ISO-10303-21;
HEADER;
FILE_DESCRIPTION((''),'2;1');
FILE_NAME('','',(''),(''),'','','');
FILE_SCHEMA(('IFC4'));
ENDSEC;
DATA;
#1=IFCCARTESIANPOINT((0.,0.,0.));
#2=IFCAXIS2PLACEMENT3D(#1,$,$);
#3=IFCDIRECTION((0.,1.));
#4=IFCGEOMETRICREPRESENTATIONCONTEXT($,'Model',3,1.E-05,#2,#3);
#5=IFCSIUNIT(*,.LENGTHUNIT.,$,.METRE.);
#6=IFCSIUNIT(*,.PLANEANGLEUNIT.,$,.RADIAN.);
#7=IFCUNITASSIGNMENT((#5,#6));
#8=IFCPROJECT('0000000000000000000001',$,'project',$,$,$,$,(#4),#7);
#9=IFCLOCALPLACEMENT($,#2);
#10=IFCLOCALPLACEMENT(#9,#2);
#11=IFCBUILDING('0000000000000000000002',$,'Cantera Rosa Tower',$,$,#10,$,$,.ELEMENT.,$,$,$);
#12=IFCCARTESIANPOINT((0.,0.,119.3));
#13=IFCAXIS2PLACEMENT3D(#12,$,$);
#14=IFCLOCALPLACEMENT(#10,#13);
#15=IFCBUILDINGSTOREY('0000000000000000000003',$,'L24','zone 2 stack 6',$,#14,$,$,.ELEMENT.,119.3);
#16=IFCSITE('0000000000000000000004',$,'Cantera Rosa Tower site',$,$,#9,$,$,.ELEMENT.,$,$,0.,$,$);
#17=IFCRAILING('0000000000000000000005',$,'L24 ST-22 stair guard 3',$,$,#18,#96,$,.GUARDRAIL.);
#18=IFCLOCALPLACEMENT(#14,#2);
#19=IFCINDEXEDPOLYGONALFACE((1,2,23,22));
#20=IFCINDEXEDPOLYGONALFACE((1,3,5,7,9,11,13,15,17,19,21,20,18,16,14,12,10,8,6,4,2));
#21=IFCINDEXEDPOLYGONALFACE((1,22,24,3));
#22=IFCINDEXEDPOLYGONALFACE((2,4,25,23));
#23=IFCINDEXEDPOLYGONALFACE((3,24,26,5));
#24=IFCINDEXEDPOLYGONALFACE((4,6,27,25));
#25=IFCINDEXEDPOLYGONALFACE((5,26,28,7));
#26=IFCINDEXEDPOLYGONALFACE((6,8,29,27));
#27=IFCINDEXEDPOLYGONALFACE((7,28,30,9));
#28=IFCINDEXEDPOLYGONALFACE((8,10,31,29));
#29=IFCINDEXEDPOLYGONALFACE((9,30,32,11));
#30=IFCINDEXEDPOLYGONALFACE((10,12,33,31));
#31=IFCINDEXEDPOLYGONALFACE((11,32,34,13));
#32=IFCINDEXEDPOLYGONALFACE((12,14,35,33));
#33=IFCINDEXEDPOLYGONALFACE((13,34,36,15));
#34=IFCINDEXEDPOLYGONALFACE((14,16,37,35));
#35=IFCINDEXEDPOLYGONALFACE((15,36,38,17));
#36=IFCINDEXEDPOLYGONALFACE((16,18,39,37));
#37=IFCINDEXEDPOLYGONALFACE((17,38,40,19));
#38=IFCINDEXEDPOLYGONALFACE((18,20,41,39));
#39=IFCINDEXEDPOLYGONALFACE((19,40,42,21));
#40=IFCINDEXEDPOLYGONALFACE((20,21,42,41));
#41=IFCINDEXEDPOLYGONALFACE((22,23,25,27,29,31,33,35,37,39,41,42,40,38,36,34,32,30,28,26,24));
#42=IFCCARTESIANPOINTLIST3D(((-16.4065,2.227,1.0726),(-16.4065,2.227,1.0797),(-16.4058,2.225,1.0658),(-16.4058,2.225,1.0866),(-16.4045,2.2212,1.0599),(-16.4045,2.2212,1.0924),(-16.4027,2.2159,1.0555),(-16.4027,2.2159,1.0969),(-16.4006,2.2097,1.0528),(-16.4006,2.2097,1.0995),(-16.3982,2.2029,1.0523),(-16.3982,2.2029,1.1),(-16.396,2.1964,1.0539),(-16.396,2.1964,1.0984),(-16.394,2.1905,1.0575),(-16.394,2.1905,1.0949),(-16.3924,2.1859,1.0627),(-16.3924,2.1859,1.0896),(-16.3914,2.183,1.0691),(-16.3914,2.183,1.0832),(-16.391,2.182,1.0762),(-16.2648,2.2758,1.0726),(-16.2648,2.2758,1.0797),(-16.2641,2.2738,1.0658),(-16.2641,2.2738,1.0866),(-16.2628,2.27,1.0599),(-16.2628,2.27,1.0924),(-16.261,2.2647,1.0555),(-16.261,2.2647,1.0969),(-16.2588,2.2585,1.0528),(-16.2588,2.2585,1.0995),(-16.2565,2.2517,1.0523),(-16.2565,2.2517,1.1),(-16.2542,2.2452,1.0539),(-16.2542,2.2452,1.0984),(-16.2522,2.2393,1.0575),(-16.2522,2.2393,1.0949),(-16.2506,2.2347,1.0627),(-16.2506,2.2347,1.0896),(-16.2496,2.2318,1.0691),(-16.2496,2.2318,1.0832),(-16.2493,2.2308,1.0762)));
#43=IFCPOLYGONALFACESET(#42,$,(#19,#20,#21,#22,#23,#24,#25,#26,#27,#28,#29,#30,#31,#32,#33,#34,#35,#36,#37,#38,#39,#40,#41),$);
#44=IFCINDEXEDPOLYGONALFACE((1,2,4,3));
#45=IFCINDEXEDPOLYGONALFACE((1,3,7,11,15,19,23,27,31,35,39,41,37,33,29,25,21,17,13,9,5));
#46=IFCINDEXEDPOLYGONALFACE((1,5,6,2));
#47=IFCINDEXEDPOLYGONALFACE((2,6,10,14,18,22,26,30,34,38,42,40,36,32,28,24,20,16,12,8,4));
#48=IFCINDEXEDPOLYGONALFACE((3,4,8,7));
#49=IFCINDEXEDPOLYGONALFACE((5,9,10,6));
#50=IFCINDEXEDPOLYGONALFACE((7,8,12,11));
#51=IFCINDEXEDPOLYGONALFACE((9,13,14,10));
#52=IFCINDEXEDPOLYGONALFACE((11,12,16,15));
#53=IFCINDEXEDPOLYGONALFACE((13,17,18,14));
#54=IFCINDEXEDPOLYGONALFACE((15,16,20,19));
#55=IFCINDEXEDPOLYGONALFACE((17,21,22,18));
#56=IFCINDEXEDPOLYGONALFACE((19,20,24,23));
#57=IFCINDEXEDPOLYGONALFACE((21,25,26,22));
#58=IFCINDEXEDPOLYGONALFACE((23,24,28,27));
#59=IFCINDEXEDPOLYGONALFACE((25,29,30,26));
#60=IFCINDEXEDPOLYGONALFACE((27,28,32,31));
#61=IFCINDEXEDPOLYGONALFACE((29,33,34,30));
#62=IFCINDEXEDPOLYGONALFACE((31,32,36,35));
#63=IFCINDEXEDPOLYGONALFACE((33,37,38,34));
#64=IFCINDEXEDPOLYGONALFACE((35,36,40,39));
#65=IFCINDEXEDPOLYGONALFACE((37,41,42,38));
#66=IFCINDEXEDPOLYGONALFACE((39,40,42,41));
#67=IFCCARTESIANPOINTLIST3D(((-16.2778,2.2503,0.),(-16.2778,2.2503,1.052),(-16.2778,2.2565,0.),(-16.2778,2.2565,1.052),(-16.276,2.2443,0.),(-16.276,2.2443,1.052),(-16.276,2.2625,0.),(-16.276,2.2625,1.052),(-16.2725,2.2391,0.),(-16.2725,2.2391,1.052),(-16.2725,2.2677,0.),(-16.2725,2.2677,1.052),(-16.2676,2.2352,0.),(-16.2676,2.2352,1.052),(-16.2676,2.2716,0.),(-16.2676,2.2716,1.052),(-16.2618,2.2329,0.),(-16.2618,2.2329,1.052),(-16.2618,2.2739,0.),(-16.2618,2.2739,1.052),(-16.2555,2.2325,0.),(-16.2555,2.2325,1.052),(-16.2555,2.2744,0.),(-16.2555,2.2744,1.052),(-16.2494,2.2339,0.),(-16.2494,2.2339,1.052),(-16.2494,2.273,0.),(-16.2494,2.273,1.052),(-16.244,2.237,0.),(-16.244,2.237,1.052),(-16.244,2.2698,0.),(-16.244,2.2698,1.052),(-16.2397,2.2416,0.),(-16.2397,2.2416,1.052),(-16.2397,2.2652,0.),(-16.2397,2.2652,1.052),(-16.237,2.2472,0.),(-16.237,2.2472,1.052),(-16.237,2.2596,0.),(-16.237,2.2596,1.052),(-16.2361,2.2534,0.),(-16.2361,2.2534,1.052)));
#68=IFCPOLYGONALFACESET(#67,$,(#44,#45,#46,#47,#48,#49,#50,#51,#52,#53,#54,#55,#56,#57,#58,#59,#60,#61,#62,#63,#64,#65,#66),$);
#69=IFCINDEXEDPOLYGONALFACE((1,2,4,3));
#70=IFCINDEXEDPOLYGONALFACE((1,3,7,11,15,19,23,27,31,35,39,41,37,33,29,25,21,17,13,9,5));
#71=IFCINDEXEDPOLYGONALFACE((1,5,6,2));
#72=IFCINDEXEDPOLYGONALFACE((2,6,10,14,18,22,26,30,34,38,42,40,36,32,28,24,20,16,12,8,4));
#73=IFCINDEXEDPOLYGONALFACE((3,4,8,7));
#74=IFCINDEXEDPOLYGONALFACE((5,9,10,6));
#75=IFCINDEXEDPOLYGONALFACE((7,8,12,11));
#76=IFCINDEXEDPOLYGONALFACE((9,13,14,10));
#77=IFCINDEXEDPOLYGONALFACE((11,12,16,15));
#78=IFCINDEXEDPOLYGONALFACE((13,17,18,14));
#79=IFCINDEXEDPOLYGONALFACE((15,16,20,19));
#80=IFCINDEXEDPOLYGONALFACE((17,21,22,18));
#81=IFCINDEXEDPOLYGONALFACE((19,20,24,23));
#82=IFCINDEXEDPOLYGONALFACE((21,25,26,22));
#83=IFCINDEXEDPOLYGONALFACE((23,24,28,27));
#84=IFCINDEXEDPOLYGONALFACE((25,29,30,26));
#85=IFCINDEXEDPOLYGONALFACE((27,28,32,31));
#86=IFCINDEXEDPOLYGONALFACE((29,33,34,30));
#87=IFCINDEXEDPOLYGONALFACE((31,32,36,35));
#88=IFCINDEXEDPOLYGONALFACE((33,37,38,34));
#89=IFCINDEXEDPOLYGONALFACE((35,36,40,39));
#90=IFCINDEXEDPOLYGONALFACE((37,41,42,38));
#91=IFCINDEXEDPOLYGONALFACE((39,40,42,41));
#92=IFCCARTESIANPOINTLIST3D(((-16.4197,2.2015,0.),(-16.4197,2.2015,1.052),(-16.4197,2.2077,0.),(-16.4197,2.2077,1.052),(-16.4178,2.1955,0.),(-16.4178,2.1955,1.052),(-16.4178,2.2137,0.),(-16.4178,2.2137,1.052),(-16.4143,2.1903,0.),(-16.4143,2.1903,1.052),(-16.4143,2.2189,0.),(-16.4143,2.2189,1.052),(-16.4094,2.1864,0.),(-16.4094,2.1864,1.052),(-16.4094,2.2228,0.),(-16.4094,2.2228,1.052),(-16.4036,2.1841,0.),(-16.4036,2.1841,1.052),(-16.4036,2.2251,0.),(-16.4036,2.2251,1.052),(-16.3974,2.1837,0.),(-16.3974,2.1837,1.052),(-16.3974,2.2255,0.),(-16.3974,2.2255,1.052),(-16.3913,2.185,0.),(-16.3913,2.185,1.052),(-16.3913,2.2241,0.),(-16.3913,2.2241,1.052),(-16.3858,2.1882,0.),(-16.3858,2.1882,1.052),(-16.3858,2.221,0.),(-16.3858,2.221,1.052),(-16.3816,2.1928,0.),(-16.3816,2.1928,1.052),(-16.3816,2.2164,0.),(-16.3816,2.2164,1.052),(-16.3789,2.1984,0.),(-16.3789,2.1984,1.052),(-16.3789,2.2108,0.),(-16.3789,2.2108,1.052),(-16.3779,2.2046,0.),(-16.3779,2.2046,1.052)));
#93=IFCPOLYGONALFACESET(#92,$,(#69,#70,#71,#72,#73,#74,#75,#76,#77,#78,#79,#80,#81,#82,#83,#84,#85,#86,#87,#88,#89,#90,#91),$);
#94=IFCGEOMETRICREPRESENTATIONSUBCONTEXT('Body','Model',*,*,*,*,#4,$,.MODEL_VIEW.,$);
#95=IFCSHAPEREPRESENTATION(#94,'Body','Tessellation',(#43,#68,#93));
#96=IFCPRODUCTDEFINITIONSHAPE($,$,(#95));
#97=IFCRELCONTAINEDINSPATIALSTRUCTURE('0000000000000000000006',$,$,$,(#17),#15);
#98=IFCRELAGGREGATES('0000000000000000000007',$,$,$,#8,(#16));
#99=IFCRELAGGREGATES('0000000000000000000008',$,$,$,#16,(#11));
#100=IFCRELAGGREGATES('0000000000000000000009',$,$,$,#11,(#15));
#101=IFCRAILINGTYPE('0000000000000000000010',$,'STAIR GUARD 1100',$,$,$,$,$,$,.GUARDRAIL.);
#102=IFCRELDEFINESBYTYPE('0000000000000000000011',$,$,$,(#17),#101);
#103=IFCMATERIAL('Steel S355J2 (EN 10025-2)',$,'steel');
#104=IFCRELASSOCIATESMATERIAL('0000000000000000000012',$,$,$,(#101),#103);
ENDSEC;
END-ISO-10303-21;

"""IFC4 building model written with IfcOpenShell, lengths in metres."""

from ifc_helpers import new_model, si_unit, direction, frame, origin, origin_2d, place, context, subcontext, project, spatial, circle, extrude, material, type_object, element, save


model = new_model("IFC4")

# Units and contexts
model_context = context("Model", 3, precision=1e-05, world=origin(), true_north=direction((0.0, 1.0)))
body_context = subcontext(model_context, "Body", "Model", "MODEL_VIEW")
ifc_project = project(units=[si_unit("LENGTHUNIT", "METRE"), si_unit("PLANEANGLEUNIT", "RADIAN")], contexts=[model_context])

# Site, building, storey
site_placement = place(None, origin())
site = spatial("IfcSite", under=ifc_project, at=site_placement, Name="Cantera Rosa Tower site", CompositionType="ELEMENT", RefElevation=0.0)
building_placement = place(site_placement, origin())
building = spatial("IfcBuilding", under=site, at=building_placement, Name="Cantera Rosa Tower", CompositionType="ELEMENT")
storey_placement = place(building_placement, frame((0.0, 0.0, 119.3)))
storey = spatial("IfcBuildingStorey", under=building, at=storey_placement, Name="L24", Description="zone 2 stack 6", CompositionType="ELEMENT", Elevation=119.3)

# Railing
ifc_material_1 = material(Name="Steel S355J2 (EN 10025-2)", Category="steel")
railing_type_1 = type_object("IfcRailingType", Name="STAIR GUARD 1100", PredefinedType="GUARDRAIL", material=ifc_material_1)
railing_1_placement = place(storey_placement, frame((-16.2571, 2.2534, 0.0)))
element("IfcRailing", 1, at=railing_1_placement, inside=storey, type_object=railing_type_1, Name="L24 ST-22 stair guard 3", PredefinedType="GUARDRAIL", context=body_context, shape_type="SweptSolid", body=[
    extrude(circle(Radius=0.0239, at=origin_2d()), frame((0.0, 0.0, 1.0762), z_axis=(-0.945546, -0.325489, 0.0), x_axis=(0.325489, -0.945546, 0.0)), (0.0, 0.0, 1.0), 0.1499),
    extrude(circle(Radius=0.021, at=origin_2d()), origin(), (0.0, 0.0, 1.0), 1.052),
    extrude(circle(Radius=0.021, at=origin_2d()), frame((-0.1418, -0.0488, 0.0)), (0.0, 0.0, 1.0), 1.052),
])

save(model, "model.ifc")
